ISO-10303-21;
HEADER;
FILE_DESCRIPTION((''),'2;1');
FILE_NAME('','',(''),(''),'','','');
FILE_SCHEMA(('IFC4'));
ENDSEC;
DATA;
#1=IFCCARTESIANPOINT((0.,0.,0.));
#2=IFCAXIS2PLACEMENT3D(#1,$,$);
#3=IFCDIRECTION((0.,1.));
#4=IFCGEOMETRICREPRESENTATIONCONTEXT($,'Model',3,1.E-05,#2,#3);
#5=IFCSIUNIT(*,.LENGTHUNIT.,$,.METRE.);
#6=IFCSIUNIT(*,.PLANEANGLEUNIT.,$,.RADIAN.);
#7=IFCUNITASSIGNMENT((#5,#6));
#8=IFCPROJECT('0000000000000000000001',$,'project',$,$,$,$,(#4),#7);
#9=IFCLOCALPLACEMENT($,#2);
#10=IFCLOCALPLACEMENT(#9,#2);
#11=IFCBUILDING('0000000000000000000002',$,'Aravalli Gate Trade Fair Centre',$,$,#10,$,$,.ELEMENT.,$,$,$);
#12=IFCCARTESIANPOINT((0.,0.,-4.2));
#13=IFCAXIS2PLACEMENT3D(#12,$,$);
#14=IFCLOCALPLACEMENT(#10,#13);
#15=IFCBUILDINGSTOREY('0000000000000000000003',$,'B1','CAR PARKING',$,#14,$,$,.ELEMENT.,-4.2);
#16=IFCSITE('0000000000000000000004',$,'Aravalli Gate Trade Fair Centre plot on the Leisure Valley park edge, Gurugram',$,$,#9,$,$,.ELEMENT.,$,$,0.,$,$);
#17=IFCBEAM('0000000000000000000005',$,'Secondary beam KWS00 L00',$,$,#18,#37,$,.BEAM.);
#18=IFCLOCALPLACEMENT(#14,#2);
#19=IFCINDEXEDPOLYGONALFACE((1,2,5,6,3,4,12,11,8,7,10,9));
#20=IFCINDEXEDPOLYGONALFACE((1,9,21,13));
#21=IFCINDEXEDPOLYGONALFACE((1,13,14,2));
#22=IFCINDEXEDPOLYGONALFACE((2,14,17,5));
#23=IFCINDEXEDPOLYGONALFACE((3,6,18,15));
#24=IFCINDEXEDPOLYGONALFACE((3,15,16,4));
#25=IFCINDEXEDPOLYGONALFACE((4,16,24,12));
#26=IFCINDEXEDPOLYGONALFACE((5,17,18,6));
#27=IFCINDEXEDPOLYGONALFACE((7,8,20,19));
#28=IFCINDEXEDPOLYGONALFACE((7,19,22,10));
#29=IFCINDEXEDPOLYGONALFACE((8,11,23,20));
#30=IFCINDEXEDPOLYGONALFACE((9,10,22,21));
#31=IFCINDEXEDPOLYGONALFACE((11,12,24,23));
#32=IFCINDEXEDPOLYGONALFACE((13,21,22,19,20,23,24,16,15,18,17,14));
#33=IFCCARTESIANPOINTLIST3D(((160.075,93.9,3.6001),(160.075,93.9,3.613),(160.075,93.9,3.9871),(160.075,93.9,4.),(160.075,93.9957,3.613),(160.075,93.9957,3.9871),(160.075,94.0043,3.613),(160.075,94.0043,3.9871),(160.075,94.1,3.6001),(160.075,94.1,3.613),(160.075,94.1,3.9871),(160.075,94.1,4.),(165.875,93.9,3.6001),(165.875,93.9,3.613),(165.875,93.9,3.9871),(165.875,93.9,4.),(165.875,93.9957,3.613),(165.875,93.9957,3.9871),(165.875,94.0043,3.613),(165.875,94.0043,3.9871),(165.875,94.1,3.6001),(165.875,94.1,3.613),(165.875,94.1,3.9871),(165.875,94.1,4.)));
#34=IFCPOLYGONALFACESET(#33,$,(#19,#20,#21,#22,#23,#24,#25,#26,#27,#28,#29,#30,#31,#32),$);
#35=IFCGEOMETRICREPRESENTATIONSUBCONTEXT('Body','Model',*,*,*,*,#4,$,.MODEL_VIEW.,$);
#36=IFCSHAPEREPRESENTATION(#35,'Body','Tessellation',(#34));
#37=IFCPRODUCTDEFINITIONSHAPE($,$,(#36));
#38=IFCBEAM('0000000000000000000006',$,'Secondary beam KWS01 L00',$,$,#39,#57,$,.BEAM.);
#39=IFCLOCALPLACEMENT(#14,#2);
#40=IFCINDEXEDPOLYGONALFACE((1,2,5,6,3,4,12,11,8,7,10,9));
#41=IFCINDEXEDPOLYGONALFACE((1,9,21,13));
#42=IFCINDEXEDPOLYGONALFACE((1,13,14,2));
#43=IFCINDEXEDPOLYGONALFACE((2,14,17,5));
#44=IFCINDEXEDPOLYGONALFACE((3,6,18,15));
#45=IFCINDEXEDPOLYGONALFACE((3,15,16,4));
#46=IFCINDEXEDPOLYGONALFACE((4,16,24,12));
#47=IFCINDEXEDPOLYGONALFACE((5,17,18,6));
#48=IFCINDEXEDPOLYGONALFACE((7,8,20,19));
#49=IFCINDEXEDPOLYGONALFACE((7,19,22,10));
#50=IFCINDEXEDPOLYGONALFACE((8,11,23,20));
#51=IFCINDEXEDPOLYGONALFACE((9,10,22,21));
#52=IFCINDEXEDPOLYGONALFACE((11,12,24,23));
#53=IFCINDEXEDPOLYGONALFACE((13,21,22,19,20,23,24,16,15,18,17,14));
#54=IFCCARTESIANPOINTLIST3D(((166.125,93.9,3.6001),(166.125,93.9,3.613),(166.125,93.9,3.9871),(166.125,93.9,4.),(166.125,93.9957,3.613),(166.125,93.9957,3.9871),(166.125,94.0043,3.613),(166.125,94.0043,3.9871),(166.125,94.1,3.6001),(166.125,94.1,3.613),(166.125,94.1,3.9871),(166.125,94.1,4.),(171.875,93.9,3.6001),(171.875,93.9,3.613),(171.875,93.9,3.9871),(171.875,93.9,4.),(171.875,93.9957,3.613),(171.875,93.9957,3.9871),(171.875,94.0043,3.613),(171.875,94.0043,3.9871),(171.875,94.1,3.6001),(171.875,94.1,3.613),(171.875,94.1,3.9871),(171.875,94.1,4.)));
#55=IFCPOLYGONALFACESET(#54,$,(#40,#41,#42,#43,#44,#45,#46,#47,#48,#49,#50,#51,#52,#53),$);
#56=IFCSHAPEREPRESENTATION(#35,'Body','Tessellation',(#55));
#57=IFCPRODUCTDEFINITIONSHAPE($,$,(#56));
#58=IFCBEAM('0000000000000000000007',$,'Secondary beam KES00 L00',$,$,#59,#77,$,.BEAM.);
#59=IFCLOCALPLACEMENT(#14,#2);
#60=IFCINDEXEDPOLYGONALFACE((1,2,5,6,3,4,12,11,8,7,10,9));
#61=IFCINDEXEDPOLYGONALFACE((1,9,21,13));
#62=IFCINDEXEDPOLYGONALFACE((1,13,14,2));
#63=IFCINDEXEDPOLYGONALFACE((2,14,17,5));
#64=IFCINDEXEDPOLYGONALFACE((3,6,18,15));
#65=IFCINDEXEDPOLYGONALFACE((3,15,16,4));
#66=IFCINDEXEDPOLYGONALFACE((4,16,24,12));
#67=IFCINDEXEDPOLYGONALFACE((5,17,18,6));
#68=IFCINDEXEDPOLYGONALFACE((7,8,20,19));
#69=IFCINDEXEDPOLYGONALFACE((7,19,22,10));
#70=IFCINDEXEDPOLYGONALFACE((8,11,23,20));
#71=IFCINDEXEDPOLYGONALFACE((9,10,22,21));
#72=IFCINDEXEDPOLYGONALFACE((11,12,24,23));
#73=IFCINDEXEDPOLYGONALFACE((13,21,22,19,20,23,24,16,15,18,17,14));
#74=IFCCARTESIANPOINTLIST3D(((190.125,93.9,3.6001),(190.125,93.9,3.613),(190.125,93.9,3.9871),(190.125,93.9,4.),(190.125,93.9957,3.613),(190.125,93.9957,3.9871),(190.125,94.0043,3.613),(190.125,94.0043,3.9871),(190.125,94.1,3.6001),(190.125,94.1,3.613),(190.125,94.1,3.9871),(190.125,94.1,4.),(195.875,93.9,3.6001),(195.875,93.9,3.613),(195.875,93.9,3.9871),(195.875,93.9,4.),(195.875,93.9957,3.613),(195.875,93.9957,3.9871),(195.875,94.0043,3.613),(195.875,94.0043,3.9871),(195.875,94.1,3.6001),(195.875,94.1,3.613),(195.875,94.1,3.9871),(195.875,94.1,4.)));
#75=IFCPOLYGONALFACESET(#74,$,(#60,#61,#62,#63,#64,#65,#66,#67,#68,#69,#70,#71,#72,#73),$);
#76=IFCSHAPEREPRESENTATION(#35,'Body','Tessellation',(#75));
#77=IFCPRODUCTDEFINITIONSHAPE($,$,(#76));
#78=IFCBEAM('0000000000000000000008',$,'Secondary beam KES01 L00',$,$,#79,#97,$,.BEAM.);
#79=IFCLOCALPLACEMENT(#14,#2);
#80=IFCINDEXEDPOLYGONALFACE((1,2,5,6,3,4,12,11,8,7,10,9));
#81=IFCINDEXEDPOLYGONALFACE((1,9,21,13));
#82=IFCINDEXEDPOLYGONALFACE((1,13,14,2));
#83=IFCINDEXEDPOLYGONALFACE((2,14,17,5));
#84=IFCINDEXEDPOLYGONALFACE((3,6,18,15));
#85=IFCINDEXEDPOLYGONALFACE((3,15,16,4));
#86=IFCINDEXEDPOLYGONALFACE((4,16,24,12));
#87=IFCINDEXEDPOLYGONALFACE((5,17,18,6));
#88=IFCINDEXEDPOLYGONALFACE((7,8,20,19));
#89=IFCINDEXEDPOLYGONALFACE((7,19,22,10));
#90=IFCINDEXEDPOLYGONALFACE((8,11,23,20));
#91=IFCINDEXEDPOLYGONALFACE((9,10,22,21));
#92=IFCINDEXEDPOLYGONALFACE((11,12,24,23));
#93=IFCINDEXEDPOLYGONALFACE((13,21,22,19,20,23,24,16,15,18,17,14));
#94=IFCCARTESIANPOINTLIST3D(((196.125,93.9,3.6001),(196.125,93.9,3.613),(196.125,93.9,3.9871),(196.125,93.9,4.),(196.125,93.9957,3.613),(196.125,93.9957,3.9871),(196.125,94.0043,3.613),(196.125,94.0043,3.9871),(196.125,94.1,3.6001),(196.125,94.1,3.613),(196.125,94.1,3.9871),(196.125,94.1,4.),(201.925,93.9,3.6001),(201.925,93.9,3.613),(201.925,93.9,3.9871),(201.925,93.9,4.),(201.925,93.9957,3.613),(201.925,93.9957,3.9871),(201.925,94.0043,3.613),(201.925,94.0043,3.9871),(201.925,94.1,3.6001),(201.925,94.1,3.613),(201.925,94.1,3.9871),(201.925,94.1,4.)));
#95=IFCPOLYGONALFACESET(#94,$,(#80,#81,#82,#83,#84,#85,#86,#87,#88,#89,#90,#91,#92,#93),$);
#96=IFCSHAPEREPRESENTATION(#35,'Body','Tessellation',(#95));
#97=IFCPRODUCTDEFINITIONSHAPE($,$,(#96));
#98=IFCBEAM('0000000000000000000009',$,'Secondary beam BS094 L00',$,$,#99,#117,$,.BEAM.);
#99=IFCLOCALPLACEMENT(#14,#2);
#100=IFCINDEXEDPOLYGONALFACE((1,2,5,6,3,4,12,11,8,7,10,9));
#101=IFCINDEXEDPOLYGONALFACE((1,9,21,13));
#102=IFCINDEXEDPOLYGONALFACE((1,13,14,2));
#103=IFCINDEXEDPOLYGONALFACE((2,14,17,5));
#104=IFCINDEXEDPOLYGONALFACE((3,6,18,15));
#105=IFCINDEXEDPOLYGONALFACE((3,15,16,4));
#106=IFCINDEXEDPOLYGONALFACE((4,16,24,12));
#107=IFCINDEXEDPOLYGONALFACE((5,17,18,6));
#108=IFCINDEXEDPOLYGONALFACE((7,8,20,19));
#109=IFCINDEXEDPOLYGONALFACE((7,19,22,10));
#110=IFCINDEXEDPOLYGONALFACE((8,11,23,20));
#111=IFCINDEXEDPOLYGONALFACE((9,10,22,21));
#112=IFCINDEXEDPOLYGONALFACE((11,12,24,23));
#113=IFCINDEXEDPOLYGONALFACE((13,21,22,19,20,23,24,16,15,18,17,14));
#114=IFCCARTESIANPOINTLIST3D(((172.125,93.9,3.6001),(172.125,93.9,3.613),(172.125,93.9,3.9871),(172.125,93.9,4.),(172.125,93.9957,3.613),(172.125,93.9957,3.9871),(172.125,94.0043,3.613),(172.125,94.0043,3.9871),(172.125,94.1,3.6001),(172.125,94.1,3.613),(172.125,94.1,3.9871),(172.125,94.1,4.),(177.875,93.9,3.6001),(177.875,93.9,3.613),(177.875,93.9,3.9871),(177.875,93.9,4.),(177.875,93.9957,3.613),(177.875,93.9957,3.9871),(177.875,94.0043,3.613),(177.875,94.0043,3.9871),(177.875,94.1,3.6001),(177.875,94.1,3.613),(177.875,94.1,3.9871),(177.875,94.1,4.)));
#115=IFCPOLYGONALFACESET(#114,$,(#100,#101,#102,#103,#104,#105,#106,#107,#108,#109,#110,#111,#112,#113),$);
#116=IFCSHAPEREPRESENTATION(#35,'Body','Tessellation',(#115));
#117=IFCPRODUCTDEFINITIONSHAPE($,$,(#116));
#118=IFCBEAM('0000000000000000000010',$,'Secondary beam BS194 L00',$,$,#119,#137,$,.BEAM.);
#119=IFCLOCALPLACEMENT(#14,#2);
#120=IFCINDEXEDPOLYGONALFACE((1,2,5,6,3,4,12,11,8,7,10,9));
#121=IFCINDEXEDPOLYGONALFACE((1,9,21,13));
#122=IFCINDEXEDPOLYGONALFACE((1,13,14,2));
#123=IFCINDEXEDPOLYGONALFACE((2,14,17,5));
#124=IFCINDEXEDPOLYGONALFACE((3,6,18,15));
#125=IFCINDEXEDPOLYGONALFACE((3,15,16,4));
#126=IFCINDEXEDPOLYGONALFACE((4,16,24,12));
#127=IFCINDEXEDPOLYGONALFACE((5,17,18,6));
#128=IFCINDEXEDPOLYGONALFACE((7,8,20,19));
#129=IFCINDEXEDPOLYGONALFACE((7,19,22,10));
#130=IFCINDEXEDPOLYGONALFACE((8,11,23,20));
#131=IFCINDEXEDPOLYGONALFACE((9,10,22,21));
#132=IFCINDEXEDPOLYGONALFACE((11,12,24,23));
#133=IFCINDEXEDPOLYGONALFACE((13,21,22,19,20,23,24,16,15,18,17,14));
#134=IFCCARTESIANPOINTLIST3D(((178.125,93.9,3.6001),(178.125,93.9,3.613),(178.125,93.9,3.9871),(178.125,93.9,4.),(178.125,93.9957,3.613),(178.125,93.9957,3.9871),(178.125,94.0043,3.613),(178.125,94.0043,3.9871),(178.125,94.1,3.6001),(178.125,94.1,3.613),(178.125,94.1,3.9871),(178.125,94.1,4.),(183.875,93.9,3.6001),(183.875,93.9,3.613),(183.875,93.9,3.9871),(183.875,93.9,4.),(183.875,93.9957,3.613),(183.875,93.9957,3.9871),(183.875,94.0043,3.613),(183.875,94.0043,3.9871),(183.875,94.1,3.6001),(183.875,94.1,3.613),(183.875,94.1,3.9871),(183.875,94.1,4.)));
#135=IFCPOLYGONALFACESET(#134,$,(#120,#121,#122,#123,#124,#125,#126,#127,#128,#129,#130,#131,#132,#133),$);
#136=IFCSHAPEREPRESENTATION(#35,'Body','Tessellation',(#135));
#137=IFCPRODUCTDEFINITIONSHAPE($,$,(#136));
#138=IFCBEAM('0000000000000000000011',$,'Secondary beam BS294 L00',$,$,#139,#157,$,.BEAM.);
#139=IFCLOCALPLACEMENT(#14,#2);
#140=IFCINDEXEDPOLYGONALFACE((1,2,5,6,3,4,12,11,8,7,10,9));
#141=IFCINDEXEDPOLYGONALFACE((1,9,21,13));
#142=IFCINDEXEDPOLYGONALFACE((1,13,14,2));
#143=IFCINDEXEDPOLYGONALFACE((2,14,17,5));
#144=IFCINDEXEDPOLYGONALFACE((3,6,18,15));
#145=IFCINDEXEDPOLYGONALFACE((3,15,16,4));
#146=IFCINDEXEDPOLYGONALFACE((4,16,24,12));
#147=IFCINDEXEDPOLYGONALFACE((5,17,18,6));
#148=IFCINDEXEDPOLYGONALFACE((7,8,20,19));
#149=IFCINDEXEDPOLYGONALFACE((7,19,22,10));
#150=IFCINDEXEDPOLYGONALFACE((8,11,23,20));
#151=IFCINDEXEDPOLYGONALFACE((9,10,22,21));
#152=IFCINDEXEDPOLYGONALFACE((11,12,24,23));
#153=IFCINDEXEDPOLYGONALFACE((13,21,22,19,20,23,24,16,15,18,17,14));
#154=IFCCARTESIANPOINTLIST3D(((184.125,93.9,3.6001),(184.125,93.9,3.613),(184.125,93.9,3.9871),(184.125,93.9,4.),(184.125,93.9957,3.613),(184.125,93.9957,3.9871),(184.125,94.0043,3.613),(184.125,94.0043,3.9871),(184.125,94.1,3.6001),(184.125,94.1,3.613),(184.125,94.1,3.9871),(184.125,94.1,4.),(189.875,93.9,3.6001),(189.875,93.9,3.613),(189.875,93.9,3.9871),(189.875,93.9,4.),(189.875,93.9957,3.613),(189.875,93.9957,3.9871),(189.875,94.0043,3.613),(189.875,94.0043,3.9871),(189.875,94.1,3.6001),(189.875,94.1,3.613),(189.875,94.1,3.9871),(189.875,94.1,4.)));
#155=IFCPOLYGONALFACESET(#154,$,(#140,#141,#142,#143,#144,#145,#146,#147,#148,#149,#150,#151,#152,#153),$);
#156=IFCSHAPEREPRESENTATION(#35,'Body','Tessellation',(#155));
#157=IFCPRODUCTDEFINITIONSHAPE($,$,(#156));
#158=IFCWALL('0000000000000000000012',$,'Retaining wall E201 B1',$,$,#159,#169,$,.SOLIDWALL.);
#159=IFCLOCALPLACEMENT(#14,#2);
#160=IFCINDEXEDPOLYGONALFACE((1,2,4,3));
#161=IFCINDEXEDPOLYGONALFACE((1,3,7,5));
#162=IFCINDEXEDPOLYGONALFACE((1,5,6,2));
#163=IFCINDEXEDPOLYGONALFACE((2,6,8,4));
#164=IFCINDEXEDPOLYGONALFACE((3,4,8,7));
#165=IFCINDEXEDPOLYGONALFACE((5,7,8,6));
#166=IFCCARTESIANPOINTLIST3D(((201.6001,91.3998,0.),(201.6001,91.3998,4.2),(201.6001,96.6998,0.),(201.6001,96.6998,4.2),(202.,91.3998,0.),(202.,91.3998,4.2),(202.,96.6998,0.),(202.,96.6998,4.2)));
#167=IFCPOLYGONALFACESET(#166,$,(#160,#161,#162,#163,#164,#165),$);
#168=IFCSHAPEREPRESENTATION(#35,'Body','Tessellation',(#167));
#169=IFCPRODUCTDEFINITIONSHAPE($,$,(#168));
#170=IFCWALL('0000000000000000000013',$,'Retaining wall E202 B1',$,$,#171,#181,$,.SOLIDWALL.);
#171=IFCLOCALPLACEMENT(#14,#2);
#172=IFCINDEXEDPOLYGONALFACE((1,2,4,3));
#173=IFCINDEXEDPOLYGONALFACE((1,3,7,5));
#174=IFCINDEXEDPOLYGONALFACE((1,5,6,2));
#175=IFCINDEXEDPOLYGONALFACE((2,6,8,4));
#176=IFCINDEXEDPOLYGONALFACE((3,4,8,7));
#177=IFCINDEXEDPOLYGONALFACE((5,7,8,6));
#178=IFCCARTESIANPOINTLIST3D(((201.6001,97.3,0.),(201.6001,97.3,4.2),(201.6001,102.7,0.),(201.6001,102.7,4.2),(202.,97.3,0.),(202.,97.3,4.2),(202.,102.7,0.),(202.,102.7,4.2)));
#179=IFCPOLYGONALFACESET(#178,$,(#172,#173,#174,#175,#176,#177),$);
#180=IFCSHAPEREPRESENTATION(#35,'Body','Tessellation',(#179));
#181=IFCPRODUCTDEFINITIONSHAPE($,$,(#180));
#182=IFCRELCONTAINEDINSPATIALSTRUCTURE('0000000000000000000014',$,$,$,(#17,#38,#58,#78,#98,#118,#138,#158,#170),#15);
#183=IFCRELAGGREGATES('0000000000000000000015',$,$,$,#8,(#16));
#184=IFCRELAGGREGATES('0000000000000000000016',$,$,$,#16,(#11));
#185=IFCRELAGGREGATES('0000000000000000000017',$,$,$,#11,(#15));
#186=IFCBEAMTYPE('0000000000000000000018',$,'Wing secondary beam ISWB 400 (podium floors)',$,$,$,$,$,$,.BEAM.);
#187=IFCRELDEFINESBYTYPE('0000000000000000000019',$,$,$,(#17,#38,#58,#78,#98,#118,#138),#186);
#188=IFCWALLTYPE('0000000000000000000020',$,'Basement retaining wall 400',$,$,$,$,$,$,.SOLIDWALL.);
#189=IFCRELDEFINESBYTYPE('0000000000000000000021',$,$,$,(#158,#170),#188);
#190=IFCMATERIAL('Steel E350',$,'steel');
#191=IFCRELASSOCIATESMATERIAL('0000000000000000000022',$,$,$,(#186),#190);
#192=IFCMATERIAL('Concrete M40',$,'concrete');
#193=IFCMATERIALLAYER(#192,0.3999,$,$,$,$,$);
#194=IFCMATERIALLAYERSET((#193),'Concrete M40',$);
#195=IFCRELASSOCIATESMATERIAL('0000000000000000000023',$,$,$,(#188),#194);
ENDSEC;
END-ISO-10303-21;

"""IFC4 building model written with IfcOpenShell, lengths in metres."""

from ifc_helpers import new_model, si_unit, direction, frame, frame_2d, origin, origin_2d, place, context, subcontext, project, spatial, rectangle, i_section, extrude, material, layer, layer_set, material_profile, profile_set, type_object, element, save


model = new_model("IFC4")

# Units and contexts
model_context = context("Model", 3, precision=1e-05, world=origin(), true_north=direction((0.0, 1.0)))
body_context = subcontext(model_context, "Body", "Model", "MODEL_VIEW")
ifc_project = project(units=[si_unit("LENGTHUNIT", "METRE"), si_unit("PLANEANGLEUNIT", "RADIAN")], contexts=[model_context])

# Site, building, storey
site_placement = place(None, origin())
site = spatial("IfcSite", under=ifc_project, at=site_placement, Name="Aravalli Gate Trade Fair Centre plot on the Leisure Valley park edge, Gurugram", CompositionType="ELEMENT", RefElevation=0.0)
building_placement = place(site_placement, origin())
building = spatial("IfcBuilding", under=site, at=building_placement, Name="Aravalli Gate Trade Fair Centre", CompositionType="ELEMENT")
storey_placement = place(building_placement, frame((0.0, 0.0, -4.2)))
storey = spatial("IfcBuildingStorey", under=building, at=storey_placement, Name="B1", Description="CAR PARKING", CompositionType="ELEMENT", Elevation=-4.2)

# Shared definitions
ifc_material_1 = material(Name="Steel E350", Category="steel")

# Beams
ifc_material_profile_1 = material_profile(ifc_material_1, i_section(OverallWidth=0.2, OverallDepth=0.3999, WebThickness=0.0085, FlangeThickness=0.0129, at=origin_2d()), Name="ISWB 400")
ifc_profile_set_1 = profile_set([ifc_material_profile_1], Name="Steel E350")
beam_type_1 = type_object("IfcBeamType", Name="Wing secondary beam ISWB 400 (podium floors)", PredefinedType="BEAM", material=ifc_profile_set_1)
beam_1_placement = place(storey_placement, frame((160.075, 94.0, 3.8), z_axis=(1.0, 0.0, 0.0), x_axis=(0.0, 1.0, 0.0)))
element("IfcBeam", 1, at=beam_1_placement, inside=storey, type_object=beam_type_1, Name="Secondary beam KWS00 L00", PredefinedType="BEAM", context=body_context, shape_type="SweptSolid", body=[
    extrude(i_section(OverallWidth=0.2, OverallDepth=0.3999, WebThickness=0.0085, FlangeThickness=0.0129, at=origin_2d()), origin(), (0.0, 0.0, 1.0), 5.8),
])
for number, where, z_axis, x_axis, name in (
    (2, (166.125, 94.0, 3.8), (1.0, 0.0, 0.0), (0.0, 1.0, 0.0), "Secondary beam KWS01 L00"),
    (3, (190.125, 94.0, 3.8), (1.0, 0.0, 0.0), (0.0, 1.0, 0.0), "Secondary beam KES00 L00"),
):
    element("IfcBeam", number, at=place(storey_placement, frame(where, z_axis=z_axis, x_axis=x_axis)), inside=storey, type_object=beam_type_1, Name=name, PredefinedType="BEAM", context=body_context, shape_type="SweptSolid", body=[
        extrude(i_section(OverallWidth=0.2, OverallDepth=0.3999, WebThickness=0.0085, FlangeThickness=0.0129, at=origin_2d()), origin(), (0.0, 0.0, 1.0), 5.75),
    ])
beam_2_placement = place(storey_placement, frame((196.125, 94.0, 3.8), z_axis=(1.0, 0.0, 0.0), x_axis=(0.0, 1.0, 0.0)))
element("IfcBeam", 4, at=beam_2_placement, inside=storey, type_object=beam_type_1, Name="Secondary beam KES01 L00", PredefinedType="BEAM", context=body_context, shape_type="SweptSolid", body=[
    extrude(i_section(OverallWidth=0.2, OverallDepth=0.3999, WebThickness=0.0085, FlangeThickness=0.0129, at=origin_2d()), origin(), (0.0, 0.0, 1.0), 5.8),
])
for number, where, z_axis, x_axis, name in (
    (5, (172.125, 94.0, 3.8), (1.0, 0.0, 0.0), (0.0, 1.0, 0.0), "Secondary beam BS094 L00"),
    (6, (178.125, 94.0, 3.8), (1.0, 0.0, 0.0), (0.0, 1.0, 0.0), "Secondary beam BS194 L00"),
    (7, (184.125, 94.0, 3.8), (1.0, 0.0, 0.0), (0.0, 1.0, 0.0), "Secondary beam BS294 L00"),
):
    element("IfcBeam", number, at=place(storey_placement, frame(where, z_axis=z_axis, x_axis=x_axis)), inside=storey, type_object=beam_type_1, Name=name, PredefinedType="BEAM", context=body_context, shape_type="SweptSolid", body=[
        extrude(i_section(OverallWidth=0.2, OverallDepth=0.3999, WebThickness=0.0085, FlangeThickness=0.0129, at=origin_2d()), origin(), (0.0, 0.0, 1.0), 5.75),
    ])

# Walls
ifc_material_2 = material(Name="Concrete M40", Category="concrete")
ifc_layer = layer(ifc_material_2, 0.3999)
ifc_layer_set = layer_set([ifc_layer], Name="Concrete M40")
wall_type = type_object("IfcWallType", Name="Basement retaining wall 400", PredefinedType="SOLIDWALL", material=ifc_layer_set)
wall_1_placement = place(storey_placement, frame((201.8, 91.3999, 0.0), z_axis=(0.0, 0.0, 1.0), x_axis=(0.0, 1.0, 0.0)))
element("IfcWall", 8, at=wall_1_placement, inside=storey, type_object=wall_type, Name="Retaining wall E201 B1", PredefinedType="SOLIDWALL", context=body_context, shape_type="SweptSolid", body=[
    extrude(rectangle(XDim=5.3, YDim=0.3999, at=frame_2d((2.6499, 0.0))), origin(), (0.0, 0.0, 1.0), 4.2),
])
wall_2_placement = place(storey_placement, frame((201.8, 97.3, 0.0), z_axis=(0.0, 0.0, 1.0), x_axis=(0.0, 1.0, 0.0)))
element("IfcWall", 9, at=wall_2_placement, inside=storey, type_object=wall_type, Name="Retaining wall E202 B1", PredefinedType="SOLIDWALL", context=body_context, shape_type="SweptSolid", body=[
    extrude(rectangle(XDim=5.3999, YDim=0.3999, at=frame_2d((2.7, 0.0))), origin(), (0.0, 0.0, 1.0), 4.2),
])

save(model, "model.ifc")
